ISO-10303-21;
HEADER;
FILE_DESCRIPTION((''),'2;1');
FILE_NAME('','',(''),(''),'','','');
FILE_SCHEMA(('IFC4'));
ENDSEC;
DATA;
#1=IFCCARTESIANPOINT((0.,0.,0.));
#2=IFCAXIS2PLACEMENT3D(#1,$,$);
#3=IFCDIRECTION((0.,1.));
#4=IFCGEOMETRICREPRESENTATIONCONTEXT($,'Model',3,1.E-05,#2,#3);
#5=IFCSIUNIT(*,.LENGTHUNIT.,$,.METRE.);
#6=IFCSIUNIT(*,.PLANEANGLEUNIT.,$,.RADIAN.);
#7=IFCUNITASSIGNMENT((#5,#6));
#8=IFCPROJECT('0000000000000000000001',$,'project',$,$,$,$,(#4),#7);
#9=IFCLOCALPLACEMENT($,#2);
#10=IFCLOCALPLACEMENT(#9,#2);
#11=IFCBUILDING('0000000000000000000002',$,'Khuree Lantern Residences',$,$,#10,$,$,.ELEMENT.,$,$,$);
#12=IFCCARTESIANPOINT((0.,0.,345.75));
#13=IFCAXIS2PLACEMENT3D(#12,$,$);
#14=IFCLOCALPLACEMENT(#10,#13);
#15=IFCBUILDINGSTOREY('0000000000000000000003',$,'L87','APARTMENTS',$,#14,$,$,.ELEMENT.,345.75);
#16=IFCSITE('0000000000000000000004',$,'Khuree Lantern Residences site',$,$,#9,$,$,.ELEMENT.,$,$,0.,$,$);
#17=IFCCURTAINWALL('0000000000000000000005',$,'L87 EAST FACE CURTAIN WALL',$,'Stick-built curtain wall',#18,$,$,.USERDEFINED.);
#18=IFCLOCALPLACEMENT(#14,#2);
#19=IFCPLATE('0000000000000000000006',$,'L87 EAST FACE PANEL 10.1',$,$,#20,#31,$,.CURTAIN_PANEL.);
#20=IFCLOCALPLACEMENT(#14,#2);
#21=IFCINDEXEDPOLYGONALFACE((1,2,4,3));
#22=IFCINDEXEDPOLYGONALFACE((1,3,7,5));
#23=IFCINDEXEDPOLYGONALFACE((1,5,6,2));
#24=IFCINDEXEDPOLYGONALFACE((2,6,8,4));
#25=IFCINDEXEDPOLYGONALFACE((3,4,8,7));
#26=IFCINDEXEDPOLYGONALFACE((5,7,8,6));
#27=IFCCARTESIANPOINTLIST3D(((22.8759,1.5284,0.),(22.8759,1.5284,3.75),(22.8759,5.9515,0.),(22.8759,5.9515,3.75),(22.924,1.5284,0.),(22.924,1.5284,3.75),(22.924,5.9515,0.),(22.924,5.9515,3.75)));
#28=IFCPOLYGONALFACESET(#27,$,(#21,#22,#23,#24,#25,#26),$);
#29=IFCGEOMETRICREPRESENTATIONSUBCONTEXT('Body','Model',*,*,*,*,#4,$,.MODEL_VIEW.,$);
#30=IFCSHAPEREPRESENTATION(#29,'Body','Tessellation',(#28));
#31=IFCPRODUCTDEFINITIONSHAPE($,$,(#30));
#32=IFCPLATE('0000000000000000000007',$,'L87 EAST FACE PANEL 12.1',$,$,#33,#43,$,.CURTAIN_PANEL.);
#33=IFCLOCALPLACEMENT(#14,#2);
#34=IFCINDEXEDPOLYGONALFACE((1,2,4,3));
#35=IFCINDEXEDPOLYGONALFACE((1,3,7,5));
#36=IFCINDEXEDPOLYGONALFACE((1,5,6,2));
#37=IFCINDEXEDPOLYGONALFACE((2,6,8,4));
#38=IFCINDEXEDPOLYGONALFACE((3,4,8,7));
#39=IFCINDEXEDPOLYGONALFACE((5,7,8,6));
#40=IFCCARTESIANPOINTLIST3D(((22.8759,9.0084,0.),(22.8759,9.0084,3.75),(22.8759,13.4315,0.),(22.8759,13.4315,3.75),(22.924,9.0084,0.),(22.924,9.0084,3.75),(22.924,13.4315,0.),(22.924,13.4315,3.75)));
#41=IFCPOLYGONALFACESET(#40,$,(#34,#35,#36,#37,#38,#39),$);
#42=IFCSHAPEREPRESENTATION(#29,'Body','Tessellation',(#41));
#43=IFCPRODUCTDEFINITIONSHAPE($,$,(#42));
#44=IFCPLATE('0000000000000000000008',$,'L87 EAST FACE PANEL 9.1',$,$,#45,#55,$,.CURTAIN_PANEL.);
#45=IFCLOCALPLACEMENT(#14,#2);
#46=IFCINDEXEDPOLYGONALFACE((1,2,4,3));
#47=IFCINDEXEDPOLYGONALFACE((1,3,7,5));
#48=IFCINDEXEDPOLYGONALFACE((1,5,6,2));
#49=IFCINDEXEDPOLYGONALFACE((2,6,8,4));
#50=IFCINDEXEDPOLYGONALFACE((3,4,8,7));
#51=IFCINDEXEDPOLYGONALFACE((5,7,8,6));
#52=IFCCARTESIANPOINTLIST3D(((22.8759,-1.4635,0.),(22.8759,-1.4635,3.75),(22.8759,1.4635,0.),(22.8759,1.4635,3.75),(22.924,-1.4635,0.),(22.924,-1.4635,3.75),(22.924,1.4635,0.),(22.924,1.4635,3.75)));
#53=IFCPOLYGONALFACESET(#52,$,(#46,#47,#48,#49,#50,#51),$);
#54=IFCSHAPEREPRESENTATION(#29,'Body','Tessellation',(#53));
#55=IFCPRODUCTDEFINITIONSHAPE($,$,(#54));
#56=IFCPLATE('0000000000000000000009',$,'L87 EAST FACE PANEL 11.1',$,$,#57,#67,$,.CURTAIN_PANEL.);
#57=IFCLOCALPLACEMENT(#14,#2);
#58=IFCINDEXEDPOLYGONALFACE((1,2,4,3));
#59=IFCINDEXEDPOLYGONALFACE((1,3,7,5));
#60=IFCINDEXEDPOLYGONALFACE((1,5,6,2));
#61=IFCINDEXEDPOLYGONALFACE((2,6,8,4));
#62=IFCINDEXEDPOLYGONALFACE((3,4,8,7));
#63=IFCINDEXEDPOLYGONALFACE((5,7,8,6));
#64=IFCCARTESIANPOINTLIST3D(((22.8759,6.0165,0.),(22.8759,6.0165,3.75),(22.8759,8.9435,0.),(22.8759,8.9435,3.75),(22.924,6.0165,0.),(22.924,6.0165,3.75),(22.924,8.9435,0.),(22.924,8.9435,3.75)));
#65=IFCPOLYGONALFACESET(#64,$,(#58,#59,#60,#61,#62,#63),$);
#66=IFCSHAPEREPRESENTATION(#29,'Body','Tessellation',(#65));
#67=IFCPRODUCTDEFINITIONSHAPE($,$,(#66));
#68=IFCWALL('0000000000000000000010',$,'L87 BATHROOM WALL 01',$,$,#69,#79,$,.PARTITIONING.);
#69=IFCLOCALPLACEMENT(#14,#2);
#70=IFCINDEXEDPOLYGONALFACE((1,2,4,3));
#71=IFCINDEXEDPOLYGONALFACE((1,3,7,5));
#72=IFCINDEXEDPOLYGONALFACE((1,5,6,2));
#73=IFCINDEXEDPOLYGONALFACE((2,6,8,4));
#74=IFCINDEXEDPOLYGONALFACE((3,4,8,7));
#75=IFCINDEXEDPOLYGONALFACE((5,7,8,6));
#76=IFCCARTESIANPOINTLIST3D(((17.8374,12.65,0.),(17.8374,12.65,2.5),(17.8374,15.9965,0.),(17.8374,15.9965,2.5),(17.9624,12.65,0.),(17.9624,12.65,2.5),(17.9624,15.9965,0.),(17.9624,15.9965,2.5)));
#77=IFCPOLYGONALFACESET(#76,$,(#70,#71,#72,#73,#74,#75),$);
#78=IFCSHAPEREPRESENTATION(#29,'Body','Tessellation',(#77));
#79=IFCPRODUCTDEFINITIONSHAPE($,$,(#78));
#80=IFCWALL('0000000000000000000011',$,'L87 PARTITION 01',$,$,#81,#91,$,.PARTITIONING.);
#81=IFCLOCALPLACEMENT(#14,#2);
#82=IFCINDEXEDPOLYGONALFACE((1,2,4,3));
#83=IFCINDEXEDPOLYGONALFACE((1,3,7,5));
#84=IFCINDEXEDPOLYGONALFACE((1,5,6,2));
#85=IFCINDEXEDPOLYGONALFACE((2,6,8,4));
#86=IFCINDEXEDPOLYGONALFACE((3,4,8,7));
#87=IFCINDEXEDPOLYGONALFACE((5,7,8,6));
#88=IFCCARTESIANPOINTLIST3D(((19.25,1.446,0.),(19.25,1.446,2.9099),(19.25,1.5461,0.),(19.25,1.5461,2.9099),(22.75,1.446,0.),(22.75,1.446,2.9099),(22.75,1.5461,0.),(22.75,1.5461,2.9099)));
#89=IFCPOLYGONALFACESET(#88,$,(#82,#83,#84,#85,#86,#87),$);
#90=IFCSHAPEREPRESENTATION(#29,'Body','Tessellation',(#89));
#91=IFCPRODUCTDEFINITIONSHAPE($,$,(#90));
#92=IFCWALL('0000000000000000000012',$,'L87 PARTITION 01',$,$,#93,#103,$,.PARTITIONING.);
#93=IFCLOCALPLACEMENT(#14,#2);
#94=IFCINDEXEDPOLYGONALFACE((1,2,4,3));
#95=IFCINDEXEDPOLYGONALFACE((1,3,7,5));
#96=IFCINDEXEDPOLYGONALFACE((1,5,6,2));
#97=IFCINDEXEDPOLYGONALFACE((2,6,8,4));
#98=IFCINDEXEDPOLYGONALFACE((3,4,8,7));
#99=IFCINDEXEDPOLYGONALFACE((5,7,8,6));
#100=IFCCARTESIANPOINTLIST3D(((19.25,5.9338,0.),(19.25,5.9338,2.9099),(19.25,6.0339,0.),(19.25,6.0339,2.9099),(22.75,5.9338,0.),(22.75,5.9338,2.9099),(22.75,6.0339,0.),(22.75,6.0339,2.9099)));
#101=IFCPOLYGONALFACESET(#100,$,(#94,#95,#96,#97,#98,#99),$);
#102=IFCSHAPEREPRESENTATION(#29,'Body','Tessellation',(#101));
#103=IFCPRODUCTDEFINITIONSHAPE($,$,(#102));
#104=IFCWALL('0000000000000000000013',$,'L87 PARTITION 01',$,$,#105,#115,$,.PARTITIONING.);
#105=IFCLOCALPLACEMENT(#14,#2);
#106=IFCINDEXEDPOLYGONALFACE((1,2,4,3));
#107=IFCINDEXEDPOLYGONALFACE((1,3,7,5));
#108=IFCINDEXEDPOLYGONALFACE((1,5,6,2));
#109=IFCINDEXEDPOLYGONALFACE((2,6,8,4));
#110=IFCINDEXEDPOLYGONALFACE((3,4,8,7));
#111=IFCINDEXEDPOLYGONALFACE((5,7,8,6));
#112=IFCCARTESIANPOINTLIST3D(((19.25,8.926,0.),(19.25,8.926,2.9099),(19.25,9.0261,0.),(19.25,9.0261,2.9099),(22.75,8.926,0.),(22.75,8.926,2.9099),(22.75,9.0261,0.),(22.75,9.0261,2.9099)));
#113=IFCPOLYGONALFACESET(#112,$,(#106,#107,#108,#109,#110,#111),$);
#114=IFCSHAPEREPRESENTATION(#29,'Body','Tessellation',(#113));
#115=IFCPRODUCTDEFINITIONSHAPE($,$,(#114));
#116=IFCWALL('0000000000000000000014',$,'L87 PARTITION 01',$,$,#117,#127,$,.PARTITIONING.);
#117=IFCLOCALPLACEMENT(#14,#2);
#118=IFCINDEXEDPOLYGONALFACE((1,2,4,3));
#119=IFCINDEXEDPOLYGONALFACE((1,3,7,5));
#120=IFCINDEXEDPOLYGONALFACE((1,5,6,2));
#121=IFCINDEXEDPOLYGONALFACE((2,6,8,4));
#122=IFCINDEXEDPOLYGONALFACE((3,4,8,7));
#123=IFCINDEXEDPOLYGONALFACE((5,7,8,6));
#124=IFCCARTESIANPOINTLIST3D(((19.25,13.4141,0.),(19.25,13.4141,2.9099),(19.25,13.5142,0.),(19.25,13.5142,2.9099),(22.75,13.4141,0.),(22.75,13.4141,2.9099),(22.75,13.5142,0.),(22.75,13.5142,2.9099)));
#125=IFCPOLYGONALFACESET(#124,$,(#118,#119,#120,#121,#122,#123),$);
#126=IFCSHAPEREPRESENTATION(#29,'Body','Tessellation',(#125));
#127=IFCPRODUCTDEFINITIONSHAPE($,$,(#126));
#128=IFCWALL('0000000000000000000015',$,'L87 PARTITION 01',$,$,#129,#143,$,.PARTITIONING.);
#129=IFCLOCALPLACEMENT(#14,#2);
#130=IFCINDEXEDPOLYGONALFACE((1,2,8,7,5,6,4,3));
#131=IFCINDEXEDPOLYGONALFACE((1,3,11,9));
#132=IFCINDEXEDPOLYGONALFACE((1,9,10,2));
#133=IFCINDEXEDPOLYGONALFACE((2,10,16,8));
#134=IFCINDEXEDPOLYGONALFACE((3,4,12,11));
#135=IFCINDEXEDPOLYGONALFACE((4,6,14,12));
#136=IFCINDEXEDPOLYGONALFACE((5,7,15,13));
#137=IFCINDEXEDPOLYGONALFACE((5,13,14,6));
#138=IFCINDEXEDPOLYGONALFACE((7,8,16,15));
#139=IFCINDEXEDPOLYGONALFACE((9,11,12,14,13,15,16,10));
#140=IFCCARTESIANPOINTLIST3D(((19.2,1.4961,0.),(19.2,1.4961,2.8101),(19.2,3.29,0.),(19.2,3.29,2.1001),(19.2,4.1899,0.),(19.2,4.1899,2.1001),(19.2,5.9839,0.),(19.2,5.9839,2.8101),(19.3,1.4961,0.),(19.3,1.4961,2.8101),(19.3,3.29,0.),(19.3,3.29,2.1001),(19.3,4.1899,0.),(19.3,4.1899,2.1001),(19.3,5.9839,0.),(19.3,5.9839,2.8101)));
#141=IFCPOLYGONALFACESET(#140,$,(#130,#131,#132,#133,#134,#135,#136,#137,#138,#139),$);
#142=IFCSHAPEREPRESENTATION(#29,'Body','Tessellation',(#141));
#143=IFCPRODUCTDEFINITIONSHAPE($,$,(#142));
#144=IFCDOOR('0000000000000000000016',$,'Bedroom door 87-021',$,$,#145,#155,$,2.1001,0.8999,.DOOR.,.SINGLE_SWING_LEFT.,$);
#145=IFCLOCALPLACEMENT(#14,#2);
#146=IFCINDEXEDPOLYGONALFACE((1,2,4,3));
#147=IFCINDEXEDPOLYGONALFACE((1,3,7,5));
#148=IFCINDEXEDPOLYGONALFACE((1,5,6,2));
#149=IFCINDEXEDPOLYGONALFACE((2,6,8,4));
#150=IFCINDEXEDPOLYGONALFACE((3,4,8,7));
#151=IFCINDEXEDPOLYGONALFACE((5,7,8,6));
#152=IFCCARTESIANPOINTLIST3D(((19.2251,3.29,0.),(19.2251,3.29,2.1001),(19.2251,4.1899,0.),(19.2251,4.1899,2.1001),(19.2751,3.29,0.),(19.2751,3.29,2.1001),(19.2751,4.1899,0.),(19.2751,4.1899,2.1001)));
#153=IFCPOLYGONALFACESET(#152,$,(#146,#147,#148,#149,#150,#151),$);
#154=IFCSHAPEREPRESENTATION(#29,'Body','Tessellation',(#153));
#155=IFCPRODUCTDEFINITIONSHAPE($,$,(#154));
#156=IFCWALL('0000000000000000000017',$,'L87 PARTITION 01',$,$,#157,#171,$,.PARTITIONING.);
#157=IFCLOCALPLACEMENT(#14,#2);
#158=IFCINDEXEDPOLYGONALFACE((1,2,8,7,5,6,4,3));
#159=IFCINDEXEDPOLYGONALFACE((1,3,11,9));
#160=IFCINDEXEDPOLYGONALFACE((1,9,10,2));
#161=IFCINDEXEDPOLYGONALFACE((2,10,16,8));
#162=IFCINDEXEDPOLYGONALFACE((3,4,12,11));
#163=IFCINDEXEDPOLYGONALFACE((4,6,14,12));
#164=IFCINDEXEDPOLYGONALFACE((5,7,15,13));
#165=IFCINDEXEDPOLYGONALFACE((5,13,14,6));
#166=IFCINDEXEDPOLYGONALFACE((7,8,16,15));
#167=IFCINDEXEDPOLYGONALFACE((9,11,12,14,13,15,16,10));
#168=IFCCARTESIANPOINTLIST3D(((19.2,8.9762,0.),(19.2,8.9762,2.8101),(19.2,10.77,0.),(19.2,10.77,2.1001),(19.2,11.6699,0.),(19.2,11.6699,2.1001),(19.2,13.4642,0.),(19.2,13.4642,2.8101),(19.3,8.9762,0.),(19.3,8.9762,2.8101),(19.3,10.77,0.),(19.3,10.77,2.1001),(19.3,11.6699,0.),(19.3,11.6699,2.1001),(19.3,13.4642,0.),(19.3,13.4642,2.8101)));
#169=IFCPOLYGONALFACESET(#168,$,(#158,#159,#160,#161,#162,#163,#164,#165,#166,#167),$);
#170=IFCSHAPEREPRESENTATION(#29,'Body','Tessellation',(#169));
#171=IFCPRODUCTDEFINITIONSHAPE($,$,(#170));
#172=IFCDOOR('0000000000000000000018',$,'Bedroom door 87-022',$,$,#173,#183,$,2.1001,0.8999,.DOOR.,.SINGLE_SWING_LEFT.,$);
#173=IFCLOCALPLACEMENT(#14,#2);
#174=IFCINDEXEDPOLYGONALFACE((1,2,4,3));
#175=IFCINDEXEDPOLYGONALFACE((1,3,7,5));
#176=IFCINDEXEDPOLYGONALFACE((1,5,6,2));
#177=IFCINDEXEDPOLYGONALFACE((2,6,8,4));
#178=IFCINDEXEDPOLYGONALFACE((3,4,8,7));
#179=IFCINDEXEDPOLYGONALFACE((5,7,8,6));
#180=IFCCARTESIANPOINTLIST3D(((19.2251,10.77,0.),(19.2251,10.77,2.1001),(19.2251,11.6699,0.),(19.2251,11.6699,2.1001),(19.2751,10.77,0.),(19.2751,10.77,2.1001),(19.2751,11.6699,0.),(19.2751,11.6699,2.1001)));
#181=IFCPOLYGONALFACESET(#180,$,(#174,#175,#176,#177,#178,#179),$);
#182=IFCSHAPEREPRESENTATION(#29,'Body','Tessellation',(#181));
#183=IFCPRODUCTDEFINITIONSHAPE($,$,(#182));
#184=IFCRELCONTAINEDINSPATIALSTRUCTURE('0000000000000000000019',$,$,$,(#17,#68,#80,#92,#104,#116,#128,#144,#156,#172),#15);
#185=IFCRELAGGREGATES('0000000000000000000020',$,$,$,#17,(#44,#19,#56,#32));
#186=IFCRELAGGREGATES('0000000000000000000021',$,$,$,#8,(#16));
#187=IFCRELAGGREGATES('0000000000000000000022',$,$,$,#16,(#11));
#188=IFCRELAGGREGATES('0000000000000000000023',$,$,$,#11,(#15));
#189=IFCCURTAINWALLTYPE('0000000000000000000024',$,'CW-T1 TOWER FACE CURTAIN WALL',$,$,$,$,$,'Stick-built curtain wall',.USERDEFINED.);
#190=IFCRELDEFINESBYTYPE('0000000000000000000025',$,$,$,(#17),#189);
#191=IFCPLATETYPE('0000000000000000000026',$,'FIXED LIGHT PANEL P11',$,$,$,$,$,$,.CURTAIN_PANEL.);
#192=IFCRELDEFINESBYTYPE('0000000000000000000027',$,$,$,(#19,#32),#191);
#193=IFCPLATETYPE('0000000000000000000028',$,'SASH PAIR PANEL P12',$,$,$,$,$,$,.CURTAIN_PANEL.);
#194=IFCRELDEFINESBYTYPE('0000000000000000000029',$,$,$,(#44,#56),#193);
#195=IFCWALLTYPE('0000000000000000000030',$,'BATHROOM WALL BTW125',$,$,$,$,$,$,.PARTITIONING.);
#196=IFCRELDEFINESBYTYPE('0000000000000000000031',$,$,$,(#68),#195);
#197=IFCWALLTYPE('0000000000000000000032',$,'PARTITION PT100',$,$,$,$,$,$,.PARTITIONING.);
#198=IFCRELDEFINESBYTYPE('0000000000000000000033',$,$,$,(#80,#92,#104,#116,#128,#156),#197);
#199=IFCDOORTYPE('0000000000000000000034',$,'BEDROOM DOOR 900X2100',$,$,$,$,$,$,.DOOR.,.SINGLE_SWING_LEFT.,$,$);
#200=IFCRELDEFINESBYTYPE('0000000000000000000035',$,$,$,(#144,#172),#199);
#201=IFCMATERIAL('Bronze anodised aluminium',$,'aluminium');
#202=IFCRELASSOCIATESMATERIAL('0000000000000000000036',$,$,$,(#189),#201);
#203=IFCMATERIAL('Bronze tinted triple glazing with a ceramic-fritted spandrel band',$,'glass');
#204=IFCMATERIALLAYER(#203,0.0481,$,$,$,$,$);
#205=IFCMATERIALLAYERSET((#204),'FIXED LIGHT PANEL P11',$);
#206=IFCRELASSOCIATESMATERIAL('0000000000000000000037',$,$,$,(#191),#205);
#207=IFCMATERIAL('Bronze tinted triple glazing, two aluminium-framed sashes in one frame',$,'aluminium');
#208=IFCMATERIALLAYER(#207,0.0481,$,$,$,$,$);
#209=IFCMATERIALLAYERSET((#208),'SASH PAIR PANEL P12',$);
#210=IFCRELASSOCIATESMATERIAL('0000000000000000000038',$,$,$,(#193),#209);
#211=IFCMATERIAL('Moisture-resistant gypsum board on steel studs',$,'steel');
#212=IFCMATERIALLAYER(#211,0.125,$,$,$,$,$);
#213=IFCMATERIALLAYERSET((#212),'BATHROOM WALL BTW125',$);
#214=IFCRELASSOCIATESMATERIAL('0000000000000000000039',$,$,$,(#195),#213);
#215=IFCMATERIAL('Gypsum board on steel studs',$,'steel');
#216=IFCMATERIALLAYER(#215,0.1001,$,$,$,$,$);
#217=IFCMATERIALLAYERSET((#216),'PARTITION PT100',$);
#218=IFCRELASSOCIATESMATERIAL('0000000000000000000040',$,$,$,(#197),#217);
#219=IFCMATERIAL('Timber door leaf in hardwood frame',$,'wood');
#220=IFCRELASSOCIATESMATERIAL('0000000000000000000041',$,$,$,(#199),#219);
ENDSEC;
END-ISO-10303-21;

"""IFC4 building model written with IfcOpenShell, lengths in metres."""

from ifc_helpers import new_model, si_unit, direction, frame, frame_2d, origin, origin_2d, place, context, subcontext, project, spatial, rectangle, extrude, material, layer, layer_set, type_object, element, fill, aggregate, save


model = new_model("IFC4")

# Units and contexts
model_context = context("Model", 3, precision=1e-05, world=origin(), true_north=direction((0.0, 1.0)))
body_context = subcontext(model_context, "Body", "Model", "MODEL_VIEW")
ifc_project = project(units=[si_unit("LENGTHUNIT", "METRE"), si_unit("PLANEANGLEUNIT", "RADIAN")], contexts=[model_context])

# Site, building, storey
site_placement = place(None, origin())
site = spatial("IfcSite", under=ifc_project, at=site_placement, Name="Khuree Lantern Residences site", CompositionType="ELEMENT", RefElevation=0.0)
building_placement = place(site_placement, origin())
building = spatial("IfcBuilding", under=site, at=building_placement, Name="Khuree Lantern Residences", CompositionType="ELEMENT")
storey_placement = place(building_placement, frame((0.0, 0.0, 345.75)))
storey = spatial("IfcBuildingStorey", under=building, at=storey_placement, Name="L87", Description="APARTMENTS", CompositionType="ELEMENT", Elevation=345.75)

# Curtain wall
ifc_material_1 = material(Name="Bronze anodised aluminium", Category="aluminium")
curtain_wall_type = type_object("IfcCurtainWallType", Name="CW-T1 TOWER FACE CURTAIN WALL", ElementType="Stick-built curtain wall", PredefinedType="USERDEFINED", material=ifc_material_1)
curtain_wall_placement = place(storey_placement, origin())
curtain_wall = element("IfcCurtainWall", 1, at=curtain_wall_placement, inside=storey, type_object=curtain_wall_type, Name="L87 EAST FACE CURTAIN WALL", ObjectType="Stick-built curtain wall", PredefinedType="USERDEFINED")

# Plates
ifc_material_2 = material(Name="Bronze tinted triple glazing with a ceramic-fritted spandrel band", Category="glass")
ifc_layer_1 = layer(ifc_material_2, 0.0481)
ifc_layer_set_1 = layer_set([ifc_layer_1], Name="FIXED LIGHT PANEL P11")
plate_type_1 = type_object("IfcPlateType", Name="FIXED LIGHT PANEL P11", PredefinedType="CURTAIN_PANEL", material=ifc_layer_set_1)
plate_1_placement = place(storey_placement, frame((22.8999, 3.74, 0.0), z_axis=(0.0, 0.0, 1.0), x_axis=(0.0, 1.0, 0.0)))
plate_1 = element("IfcPlate", 2, at=plate_1_placement, type_object=plate_type_1, Name="L87 EAST FACE PANEL 10.1", PredefinedType="CURTAIN_PANEL", context=body_context, shape_type="SweptSolid", body=[
    extrude(rectangle(XDim=4.4231, YDim=0.0481, at=origin_2d()), origin(), (0.0, 0.0, 1.0), 3.75),
])
plate_2_placement = place(storey_placement, frame((22.8999, 11.22, 0.0), z_axis=(0.0, 0.0, 1.0), x_axis=(0.0, 1.0, 0.0)))
plate_2 = element("IfcPlate", 3, at=plate_2_placement, type_object=plate_type_1, Name="L87 EAST FACE PANEL 12.1", PredefinedType="CURTAIN_PANEL", context=body_context, shape_type="SweptSolid", body=[
    extrude(rectangle(XDim=4.4231, YDim=0.0481, at=origin_2d()), origin(), (0.0, 0.0, 1.0), 3.75),
])
ifc_material_3 = material(Name="Bronze tinted triple glazing, two aluminium-framed sashes in one frame", Category="aluminium")
ifc_layer_2 = layer(ifc_material_3, 0.0481)
ifc_layer_set_2 = layer_set([ifc_layer_2], Name="SASH PAIR PANEL P12")
plate_type_2 = type_object("IfcPlateType", Name="SASH PAIR PANEL P12", PredefinedType="CURTAIN_PANEL", material=ifc_layer_set_2)
plate_3_placement = place(storey_placement, frame((22.8999, 0.0, 0.0), z_axis=(0.0, 0.0, 1.0), x_axis=(0.0, 1.0, 0.0)))
plate_3 = element("IfcPlate", 4, at=plate_3_placement, type_object=plate_type_2, Name="L87 EAST FACE PANEL 9.1", PredefinedType="CURTAIN_PANEL", context=body_context, shape_type="SweptSolid", body=[
    extrude(rectangle(XDim=2.927, YDim=0.0481, at=origin_2d()), origin(), (0.0, 0.0, 1.0), 3.75),
])
plate_4_placement = place(storey_placement, frame((22.8999, 7.48, 0.0), z_axis=(0.0, 0.0, 1.0), x_axis=(0.0, 1.0, 0.0)))
plate_4 = element("IfcPlate", 5, at=plate_4_placement, type_object=plate_type_2, Name="L87 EAST FACE PANEL 11.1", PredefinedType="CURTAIN_PANEL", context=body_context, shape_type="SweptSolid", body=[
    extrude(rectangle(XDim=2.927, YDim=0.0481, at=origin_2d()), origin(), (0.0, 0.0, 1.0), 3.75),
])
aggregate(curtain_wall, [plate_3, plate_1, plate_4, plate_2])

# Walls
ifc_material_4 = material(Name="Moisture-resistant gypsum board on steel studs", Category="steel")
ifc_layer_3 = layer(ifc_material_4, 0.125)
ifc_layer_set_3 = layer_set([ifc_layer_3], Name="BATHROOM WALL BTW125")
wall_type_1 = type_object("IfcWallType", Name="BATHROOM WALL BTW125", PredefinedType="PARTITIONING", material=ifc_layer_set_3)
wall_1_placement = place(storey_placement, frame((17.8999, 12.6499, 0.0), z_axis=(0.0, 0.0, 1.0), x_axis=(0.0, 1.0, 0.0)))
element("IfcWall", 6, at=wall_1_placement, inside=storey, type_object=wall_type_1, Name="L87 BATHROOM WALL 01", PredefinedType="PARTITIONING", context=body_context, shape_type="SweptSolid", body=[
    extrude(rectangle(XDim=3.3464, YDim=0.125, at=frame_2d((1.6733, 0.0))), origin(), (0.0, 0.0, 1.0), 2.5),
])
ifc_material_5 = material(Name="Gypsum board on steel studs", Category="steel")
ifc_layer_4 = layer(ifc_material_5, 0.1001)
ifc_layer_set_4 = layer_set([ifc_layer_4], Name="PARTITION PT100")
wall_type_2 = type_object("IfcWallType", Name="PARTITION PT100", PredefinedType="PARTITIONING", material=ifc_layer_set_4)
for number, where, z_axis, x_axis, name in (
    (7, (19.25, 1.4961, 0.0), (0.0, 0.0, 1.0), (1.0, 0.0, 0.0), "L87 PARTITION 01"),
    (8, (19.25, 5.9839, 0.0), (0.0, 0.0, 1.0), (1.0, 0.0, 0.0), "L87 PARTITION 01"),
    (9, (19.25, 8.9761, 0.0), (0.0, 0.0, 1.0), (1.0, 0.0, 0.0), "L87 PARTITION 01"),
    (10, (19.25, 13.4641, 0.0), (0.0, 0.0, 1.0), (1.0, 0.0, 0.0), "L87 PARTITION 01"),
):
    element("IfcWall", number, at=place(storey_placement, frame(where, z_axis=z_axis, x_axis=x_axis)), inside=storey, type_object=wall_type_2, Name=name, PredefinedType="PARTITIONING", context=body_context, shape_type="SweptSolid", body=[
        extrude(rectangle(XDim=3.5, YDim=0.1001, at=frame_2d((1.75, 0.0))), origin(), (0.0, 0.0, 1.0), 2.9099),
    ])

# Walls, openings, doors
wall_2_placement = place(storey_placement, frame((19.25, 1.4961, 0.0), z_axis=(0.0, 0.0, 1.0), x_axis=(0.0, 1.0, 0.0)))
wall_2 = element("IfcWall", 11, at=wall_2_placement, inside=storey, type_object=wall_type_2, Name="L87 PARTITION 01", PredefinedType="PARTITIONING", context=body_context, shape_type="SweptSolid", body=[
    extrude(rectangle(XDim=4.4878, YDim=0.1001, at=frame_2d((2.2439, 0.0))), origin(), (0.0, 0.0, 1.0), 2.8101),
])
opening_1_placement = place(wall_2_placement, frame((1.7939, 0.0, 0.0)))
opening_1 = element("IfcOpeningElement", 12, at=opening_1_placement, cuts=wall_2, PredefinedType="OPENING", context=body_context, shape_type="SweptSolid", body=[
    extrude(rectangle(XDim=0.8999, YDim=2.1001, at=frame_2d((0.45, 1.05))), frame((0.0, 0.0601, 0.0), z_axis=(0.0, -1.0, 0.0), x_axis=(1.0, 0.0, 0.0)), (0.0, 0.0, 1.0), 0.1201),
])
ifc_material_6 = material(Name="Timber door leaf in hardwood frame", Category="wood")
door_type = type_object("IfcDoorType", Name="BEDROOM DOOR 900X2100", OperationType="SINGLE_SWING_LEFT", PredefinedType="DOOR", material=ifc_material_6)
door_1_placement = place(opening_1_placement, origin())
door_1 = element("IfcDoor", 13, at=door_1_placement, inside=storey, type_object=door_type, Name="Bedroom door 87-021", OperationType="SINGLE_SWING_LEFT", OverallHeight=2.1001, OverallWidth=0.8999, PredefinedType="DOOR", context=body_context, shape_type="SweptSolid", body=[
    extrude(rectangle(XDim=0.8999, YDim=2.1001, at=frame_2d((0.45, 1.05))), frame((0.0, 0.0249, 0.0), z_axis=(0.0, -1.0, 0.0), x_axis=(1.0, 0.0, 0.0)), (0.0, 0.0, 1.0), 0.05),
])
fill(opening_1, door_1)
wall_3_placement = place(storey_placement, frame((19.25, 8.9761, 0.0), z_axis=(0.0, 0.0, 1.0), x_axis=(0.0, 1.0, 0.0)))
wall_3 = element("IfcWall", 14, at=wall_3_placement, inside=storey, type_object=wall_type_2, Name="L87 PARTITION 01", PredefinedType="PARTITIONING", context=body_context, shape_type="SweptSolid", body=[
    extrude(rectangle(XDim=4.488, YDim=0.1001, at=frame_2d((2.2441, 0.0))), origin(), (0.0, 0.0, 1.0), 2.8101),
])
opening_2_placement = place(wall_3_placement, frame((1.7939, 0.0, 0.0)))
opening_2 = element("IfcOpeningElement", 15, at=opening_2_placement, cuts=wall_3, PredefinedType="OPENING", context=body_context, shape_type="SweptSolid", body=[
    extrude(rectangle(XDim=0.8999, YDim=2.1001, at=frame_2d((0.45, 1.05))), frame((0.0, 0.0601, 0.0), z_axis=(0.0, -1.0, 0.0), x_axis=(1.0, 0.0, 0.0)), (0.0, 0.0, 1.0), 0.1201),
])
door_2_placement = place(opening_2_placement, origin())
door_2 = element("IfcDoor", 16, at=door_2_placement, inside=storey, type_object=door_type, Name="Bedroom door 87-022", OperationType="SINGLE_SWING_LEFT", OverallHeight=2.1001, OverallWidth=0.8999, PredefinedType="DOOR", context=body_context, shape_type="SweptSolid", body=[
    extrude(rectangle(XDim=0.8999, YDim=2.1001, at=frame_2d((0.45, 1.05))), frame((0.0, 0.0249, 0.0), z_axis=(0.0, -1.0, 0.0), x_axis=(1.0, 0.0, 0.0)), (0.0, 0.0, 1.0), 0.05),
])
fill(opening_2, door_2)

save(model, "model.ifc")
